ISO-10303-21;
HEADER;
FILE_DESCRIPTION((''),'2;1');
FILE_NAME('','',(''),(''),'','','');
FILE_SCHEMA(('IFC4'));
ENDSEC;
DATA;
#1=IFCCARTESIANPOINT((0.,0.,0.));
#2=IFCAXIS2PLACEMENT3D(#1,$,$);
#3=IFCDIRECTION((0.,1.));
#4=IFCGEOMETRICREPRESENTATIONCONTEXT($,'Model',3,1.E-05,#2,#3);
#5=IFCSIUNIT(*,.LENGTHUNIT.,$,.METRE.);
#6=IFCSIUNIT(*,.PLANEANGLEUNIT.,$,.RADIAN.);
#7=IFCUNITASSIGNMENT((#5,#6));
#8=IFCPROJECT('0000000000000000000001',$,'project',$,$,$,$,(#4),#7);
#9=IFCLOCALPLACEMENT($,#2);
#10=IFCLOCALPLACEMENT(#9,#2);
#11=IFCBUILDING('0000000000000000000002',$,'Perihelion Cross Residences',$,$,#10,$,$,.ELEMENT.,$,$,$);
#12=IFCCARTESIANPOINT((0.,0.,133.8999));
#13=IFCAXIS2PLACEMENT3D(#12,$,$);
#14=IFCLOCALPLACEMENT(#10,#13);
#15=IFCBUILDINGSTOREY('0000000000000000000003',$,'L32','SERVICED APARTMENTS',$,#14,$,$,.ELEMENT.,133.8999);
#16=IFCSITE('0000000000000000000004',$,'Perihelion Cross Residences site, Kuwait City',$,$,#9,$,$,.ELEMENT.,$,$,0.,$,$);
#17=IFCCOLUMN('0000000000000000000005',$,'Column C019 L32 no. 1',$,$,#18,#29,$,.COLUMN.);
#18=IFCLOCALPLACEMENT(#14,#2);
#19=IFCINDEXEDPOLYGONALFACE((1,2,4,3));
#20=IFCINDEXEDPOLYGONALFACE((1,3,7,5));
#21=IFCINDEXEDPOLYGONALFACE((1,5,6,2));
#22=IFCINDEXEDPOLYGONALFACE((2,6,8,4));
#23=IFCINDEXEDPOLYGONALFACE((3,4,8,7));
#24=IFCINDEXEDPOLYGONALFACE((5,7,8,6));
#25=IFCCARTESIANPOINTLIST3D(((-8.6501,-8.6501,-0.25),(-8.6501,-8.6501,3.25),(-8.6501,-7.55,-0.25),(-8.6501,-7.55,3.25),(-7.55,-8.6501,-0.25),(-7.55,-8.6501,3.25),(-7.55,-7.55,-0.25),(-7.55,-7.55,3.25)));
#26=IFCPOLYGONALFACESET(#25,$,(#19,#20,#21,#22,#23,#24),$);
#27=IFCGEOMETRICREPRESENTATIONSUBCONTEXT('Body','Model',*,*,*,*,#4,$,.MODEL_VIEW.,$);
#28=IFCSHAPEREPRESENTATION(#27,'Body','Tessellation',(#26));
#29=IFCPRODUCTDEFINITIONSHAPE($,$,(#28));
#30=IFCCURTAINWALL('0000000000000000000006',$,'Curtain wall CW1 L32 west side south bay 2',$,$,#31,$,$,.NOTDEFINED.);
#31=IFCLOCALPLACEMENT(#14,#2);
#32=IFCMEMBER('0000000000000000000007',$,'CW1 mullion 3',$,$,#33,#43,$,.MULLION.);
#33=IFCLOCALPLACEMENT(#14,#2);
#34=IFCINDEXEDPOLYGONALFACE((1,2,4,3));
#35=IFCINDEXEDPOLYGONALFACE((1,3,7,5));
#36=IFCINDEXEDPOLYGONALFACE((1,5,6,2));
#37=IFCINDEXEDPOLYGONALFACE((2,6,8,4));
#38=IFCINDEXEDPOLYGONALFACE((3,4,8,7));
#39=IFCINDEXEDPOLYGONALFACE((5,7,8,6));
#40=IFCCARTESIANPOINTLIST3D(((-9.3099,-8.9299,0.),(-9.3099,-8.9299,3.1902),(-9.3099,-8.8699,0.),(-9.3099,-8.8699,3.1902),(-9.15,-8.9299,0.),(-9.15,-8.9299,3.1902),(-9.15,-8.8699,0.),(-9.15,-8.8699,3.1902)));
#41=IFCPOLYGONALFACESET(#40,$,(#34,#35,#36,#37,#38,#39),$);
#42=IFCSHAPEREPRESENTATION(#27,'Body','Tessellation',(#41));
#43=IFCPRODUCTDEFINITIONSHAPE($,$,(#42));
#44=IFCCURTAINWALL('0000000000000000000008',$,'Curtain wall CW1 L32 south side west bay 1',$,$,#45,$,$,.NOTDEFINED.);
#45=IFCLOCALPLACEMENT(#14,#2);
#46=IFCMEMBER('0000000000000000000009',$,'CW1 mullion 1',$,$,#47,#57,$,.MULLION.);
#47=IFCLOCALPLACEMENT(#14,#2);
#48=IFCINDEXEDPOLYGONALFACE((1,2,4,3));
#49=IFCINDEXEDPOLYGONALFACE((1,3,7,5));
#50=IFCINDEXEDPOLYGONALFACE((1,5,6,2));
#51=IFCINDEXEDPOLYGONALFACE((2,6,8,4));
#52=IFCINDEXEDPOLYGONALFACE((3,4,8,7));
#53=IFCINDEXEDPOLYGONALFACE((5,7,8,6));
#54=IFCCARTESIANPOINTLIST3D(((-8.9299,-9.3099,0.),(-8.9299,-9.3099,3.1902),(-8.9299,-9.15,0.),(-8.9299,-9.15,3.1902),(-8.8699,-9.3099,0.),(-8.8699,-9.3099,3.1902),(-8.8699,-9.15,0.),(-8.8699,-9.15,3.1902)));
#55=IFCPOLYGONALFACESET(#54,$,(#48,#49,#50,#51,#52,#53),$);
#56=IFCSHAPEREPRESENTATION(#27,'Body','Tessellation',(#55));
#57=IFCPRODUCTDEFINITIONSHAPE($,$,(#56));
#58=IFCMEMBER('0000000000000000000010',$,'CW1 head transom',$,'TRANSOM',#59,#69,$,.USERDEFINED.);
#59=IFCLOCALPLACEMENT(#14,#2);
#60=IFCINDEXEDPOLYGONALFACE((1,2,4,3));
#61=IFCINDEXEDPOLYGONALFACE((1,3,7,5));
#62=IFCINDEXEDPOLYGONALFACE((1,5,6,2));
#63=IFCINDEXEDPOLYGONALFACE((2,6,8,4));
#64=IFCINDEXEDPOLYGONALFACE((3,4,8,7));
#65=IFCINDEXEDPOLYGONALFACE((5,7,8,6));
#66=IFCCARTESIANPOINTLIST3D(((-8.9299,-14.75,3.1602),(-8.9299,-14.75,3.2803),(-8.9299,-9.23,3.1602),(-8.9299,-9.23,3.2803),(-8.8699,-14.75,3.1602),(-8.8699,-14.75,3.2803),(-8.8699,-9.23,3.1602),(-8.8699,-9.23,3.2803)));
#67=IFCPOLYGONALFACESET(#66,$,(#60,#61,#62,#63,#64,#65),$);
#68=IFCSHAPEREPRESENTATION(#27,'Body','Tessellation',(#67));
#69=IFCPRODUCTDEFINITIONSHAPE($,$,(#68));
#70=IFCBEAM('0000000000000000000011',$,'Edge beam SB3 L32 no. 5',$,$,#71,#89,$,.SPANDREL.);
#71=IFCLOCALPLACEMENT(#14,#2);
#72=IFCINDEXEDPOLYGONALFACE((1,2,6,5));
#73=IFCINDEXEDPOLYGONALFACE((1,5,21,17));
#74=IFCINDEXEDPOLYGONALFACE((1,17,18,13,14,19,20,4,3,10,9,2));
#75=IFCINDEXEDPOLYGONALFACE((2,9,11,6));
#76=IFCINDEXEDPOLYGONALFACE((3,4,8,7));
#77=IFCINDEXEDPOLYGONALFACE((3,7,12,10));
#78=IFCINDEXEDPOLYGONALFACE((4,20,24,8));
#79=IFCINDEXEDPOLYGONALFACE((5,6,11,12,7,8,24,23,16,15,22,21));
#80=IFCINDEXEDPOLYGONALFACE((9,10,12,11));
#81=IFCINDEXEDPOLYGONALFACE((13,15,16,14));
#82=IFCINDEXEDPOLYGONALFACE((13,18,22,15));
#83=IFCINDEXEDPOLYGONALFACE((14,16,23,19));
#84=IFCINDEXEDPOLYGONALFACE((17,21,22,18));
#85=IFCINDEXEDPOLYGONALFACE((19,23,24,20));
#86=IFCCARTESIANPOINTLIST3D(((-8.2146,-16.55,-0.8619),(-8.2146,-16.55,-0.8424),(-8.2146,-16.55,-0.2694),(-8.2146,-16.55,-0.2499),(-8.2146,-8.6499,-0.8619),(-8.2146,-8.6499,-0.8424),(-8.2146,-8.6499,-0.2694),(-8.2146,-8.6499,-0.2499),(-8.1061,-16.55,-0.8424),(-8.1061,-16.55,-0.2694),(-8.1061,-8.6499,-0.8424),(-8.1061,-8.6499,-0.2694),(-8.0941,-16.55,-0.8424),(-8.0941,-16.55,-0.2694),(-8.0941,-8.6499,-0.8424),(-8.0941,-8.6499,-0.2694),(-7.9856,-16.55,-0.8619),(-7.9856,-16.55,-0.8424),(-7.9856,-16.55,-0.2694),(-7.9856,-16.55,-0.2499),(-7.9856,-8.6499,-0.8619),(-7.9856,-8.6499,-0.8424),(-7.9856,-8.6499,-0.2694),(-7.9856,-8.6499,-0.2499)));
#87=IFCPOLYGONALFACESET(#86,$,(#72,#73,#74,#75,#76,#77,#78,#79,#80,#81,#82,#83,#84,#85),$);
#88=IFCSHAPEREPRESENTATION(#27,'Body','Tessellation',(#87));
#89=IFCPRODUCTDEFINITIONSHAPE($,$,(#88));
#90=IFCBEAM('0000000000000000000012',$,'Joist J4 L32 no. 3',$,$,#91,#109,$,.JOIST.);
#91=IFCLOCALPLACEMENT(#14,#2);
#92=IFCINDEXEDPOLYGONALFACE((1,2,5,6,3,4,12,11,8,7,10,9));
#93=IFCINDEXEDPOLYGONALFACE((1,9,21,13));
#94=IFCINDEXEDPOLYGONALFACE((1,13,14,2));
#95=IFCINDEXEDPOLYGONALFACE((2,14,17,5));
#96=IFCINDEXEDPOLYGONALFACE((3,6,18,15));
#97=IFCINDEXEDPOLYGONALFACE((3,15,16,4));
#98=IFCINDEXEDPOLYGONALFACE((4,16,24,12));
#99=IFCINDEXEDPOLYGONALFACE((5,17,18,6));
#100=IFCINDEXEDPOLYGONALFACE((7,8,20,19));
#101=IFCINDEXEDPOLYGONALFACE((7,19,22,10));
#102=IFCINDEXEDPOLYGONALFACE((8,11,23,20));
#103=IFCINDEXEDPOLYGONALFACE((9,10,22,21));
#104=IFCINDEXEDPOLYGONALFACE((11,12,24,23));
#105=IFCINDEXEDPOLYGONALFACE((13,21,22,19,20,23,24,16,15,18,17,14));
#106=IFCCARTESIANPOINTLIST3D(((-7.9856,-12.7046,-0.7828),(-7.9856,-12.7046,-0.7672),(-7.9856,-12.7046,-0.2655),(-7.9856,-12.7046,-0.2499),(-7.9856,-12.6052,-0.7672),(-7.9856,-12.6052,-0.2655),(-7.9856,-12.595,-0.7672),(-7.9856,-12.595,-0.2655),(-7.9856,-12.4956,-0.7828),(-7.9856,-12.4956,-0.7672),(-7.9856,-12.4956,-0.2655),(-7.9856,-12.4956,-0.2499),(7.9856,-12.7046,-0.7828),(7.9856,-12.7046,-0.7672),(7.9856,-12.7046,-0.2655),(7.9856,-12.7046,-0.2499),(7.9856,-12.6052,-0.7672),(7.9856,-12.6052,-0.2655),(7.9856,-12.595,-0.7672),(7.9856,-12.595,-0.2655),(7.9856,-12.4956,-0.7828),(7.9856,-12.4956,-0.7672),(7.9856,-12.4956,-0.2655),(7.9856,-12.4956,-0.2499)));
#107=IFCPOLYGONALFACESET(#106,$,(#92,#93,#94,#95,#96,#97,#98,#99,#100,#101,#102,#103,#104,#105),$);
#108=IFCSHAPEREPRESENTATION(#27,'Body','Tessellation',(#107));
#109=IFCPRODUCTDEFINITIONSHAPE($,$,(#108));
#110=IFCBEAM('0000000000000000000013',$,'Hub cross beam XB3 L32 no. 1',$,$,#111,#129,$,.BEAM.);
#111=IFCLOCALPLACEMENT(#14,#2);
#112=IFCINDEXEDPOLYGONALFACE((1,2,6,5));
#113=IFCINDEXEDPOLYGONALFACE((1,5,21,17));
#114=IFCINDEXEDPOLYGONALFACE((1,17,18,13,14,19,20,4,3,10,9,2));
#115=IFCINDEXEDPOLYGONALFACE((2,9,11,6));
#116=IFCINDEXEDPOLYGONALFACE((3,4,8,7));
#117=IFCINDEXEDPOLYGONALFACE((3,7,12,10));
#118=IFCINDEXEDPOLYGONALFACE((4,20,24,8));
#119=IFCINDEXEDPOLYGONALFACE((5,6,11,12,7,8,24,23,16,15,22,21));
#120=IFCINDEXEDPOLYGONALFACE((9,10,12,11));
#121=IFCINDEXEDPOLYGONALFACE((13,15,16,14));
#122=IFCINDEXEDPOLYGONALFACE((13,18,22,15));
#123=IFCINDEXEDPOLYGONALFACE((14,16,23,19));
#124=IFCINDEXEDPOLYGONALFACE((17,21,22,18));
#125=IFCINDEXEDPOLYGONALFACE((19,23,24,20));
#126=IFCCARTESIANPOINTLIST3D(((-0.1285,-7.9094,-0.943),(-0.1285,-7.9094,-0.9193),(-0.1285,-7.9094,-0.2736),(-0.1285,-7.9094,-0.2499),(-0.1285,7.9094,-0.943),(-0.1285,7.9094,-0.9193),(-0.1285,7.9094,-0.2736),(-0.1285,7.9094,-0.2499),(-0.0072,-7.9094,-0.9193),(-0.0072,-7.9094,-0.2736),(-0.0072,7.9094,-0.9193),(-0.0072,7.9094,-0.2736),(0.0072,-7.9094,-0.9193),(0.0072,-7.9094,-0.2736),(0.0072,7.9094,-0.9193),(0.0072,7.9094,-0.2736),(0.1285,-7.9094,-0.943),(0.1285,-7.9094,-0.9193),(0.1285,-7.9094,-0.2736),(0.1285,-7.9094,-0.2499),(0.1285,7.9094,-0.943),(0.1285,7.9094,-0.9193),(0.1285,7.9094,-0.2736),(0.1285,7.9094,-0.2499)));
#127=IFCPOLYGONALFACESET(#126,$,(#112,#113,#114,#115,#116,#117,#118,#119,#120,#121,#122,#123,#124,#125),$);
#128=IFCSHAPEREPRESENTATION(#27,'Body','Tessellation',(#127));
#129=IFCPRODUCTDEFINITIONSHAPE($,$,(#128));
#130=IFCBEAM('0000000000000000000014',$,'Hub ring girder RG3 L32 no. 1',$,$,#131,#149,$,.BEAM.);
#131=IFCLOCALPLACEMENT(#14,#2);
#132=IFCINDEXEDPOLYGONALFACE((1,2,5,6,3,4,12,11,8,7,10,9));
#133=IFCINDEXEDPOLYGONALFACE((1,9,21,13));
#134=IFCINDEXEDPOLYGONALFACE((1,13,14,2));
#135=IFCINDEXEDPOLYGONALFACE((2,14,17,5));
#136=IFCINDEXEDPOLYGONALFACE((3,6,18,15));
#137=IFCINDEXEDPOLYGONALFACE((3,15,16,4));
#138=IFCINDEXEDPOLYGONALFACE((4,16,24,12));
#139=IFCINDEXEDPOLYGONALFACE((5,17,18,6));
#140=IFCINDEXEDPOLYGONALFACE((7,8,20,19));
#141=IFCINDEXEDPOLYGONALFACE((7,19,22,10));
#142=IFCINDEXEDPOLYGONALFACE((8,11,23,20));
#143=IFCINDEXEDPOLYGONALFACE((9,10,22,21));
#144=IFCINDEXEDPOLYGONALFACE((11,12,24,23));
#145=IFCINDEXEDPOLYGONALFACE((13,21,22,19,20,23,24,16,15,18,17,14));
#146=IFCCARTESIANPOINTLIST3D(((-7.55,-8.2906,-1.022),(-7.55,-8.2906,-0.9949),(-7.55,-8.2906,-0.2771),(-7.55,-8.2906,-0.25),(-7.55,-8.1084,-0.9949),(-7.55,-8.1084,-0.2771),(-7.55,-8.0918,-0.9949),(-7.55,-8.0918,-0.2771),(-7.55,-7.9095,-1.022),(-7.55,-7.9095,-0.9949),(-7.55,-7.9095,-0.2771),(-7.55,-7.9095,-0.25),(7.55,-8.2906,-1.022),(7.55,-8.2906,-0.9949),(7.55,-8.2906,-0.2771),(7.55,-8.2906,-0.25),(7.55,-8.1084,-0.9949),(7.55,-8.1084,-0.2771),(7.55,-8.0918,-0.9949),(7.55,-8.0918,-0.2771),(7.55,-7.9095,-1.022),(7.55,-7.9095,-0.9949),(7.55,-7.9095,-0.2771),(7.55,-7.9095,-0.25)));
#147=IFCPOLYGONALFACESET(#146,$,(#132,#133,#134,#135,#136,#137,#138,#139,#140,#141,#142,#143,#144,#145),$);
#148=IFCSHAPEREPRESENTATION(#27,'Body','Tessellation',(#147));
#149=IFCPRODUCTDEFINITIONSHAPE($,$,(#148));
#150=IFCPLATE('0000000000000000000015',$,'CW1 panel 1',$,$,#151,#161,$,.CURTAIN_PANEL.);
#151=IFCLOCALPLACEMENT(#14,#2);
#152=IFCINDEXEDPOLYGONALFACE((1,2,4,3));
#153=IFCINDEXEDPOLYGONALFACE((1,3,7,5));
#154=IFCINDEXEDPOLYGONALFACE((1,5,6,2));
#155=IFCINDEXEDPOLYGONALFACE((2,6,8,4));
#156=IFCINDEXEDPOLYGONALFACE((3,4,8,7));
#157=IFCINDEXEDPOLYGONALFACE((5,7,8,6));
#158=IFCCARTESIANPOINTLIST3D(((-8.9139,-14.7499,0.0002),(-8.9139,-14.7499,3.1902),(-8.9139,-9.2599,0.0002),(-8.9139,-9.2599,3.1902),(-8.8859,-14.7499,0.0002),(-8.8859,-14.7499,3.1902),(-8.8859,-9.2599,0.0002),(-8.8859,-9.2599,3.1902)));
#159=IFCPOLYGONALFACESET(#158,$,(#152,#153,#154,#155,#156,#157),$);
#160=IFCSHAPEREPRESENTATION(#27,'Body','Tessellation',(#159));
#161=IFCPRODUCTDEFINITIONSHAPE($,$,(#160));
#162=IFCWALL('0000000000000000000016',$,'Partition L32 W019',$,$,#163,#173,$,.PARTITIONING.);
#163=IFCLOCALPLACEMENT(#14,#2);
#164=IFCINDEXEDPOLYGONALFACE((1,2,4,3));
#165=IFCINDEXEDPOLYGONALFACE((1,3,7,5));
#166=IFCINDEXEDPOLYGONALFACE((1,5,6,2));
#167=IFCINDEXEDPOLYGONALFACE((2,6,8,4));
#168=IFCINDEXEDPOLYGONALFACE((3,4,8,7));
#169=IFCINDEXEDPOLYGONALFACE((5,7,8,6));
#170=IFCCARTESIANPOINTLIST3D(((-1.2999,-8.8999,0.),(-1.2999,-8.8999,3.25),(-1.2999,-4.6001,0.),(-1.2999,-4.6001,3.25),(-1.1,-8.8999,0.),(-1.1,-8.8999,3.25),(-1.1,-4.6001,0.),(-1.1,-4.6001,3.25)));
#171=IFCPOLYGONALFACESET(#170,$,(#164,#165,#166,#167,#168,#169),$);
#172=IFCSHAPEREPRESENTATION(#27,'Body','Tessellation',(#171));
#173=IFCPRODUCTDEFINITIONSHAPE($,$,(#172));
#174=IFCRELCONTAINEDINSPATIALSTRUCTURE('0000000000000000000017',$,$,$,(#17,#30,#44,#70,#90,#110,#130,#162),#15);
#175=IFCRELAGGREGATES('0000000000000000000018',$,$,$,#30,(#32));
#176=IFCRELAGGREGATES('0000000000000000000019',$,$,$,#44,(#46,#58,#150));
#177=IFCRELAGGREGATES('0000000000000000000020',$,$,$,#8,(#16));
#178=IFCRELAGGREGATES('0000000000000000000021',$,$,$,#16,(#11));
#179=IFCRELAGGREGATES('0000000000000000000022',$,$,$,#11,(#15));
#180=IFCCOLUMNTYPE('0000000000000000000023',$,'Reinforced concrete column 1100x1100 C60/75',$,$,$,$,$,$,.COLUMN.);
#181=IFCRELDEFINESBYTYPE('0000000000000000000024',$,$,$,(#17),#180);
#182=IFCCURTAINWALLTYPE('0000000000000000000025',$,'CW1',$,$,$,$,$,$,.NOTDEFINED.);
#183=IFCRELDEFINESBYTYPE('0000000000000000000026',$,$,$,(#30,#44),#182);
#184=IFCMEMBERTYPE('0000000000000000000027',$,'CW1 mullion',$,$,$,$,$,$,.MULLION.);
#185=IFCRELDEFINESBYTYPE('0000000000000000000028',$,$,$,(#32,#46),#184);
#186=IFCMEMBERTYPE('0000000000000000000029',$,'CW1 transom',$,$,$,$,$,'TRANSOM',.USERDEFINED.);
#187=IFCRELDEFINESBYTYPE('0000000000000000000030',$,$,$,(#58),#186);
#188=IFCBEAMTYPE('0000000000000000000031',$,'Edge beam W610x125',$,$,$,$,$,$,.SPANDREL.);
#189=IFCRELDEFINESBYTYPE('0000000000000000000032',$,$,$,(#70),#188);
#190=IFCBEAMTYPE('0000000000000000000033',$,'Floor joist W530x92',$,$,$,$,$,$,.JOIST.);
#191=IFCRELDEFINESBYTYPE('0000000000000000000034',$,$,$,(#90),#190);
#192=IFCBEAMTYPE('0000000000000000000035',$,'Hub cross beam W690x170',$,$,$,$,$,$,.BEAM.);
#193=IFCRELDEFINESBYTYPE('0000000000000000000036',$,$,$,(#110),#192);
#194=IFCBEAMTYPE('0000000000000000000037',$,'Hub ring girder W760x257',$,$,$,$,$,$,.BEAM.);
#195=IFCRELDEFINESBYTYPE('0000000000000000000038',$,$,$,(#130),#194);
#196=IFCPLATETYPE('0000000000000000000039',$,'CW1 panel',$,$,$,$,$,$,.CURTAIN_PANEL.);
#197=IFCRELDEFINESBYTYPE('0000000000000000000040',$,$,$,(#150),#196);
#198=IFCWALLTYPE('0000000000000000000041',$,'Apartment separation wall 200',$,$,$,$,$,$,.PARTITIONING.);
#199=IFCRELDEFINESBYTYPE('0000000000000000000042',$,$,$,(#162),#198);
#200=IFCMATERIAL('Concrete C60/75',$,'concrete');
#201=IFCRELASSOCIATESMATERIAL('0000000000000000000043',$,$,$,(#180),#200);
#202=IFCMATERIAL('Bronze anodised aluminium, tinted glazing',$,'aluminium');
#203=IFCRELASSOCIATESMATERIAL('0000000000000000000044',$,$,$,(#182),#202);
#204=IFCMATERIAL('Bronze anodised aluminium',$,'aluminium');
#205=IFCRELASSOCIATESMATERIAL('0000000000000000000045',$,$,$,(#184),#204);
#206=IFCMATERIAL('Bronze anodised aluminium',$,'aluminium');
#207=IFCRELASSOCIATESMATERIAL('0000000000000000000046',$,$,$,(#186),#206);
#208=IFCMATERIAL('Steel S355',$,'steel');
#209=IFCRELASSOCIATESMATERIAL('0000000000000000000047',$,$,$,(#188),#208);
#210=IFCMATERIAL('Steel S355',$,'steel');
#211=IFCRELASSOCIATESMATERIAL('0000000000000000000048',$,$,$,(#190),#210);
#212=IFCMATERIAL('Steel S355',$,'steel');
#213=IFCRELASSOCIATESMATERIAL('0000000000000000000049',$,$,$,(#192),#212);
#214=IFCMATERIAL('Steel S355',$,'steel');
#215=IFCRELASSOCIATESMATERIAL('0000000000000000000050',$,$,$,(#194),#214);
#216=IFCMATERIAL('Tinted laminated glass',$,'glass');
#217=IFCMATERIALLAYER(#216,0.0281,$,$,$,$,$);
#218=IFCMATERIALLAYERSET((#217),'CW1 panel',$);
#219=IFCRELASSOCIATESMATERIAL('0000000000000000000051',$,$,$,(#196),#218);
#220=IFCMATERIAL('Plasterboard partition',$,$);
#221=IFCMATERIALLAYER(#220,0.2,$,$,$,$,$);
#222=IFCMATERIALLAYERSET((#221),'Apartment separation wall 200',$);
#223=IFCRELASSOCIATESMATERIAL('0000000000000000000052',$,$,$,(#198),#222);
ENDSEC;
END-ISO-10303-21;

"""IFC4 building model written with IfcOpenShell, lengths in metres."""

from ifc_helpers import new_model, si_unit, direction, frame, frame_2d, origin, origin_2d, place, context, subcontext, project, spatial, rectangle, i_section, extrude, material, layer, layer_set, material_profile, profile_set, type_object, element, aggregate, save


model = new_model("IFC4")

# Units and contexts
model_context = context("Model", 3, precision=1e-05, world=origin(), true_north=direction((0.0, 1.0)))
body_context = subcontext(model_context, "Body", "Model", "MODEL_VIEW")
ifc_project = project(units=[si_unit("LENGTHUNIT", "METRE"), si_unit("PLANEANGLEUNIT", "RADIAN")], contexts=[model_context])

# Site, building, storey
site_placement = place(None, origin())
site = spatial("IfcSite", under=ifc_project, at=site_placement, Name="Perihelion Cross Residences site, Kuwait City", CompositionType="ELEMENT", RefElevation=0.0)
building_placement = place(site_placement, origin())
building = spatial("IfcBuilding", under=site, at=building_placement, Name="Perihelion Cross Residences", CompositionType="ELEMENT")
storey_placement = place(building_placement, frame((0.0, 0.0, 133.8999)))
storey = spatial("IfcBuildingStorey", under=building, at=storey_placement, Name="L32", Description="SERVICED APARTMENTS", CompositionType="ELEMENT", Elevation=133.8999)

# Column
ifc_material_1 = material(Name="Concrete C60/75", Category="concrete")
ifc_material_profile_1 = material_profile(ifc_material_1, rectangle(XDim=1.1001, YDim=1.1001, at=origin_2d()), Name="RC 1100x1100")
ifc_profile_set_1 = profile_set([ifc_material_profile_1], Name="Concrete C60/75")
column_type = type_object("IfcColumnType", Name="Reinforced concrete column 1100x1100 C60/75", PredefinedType="COLUMN", material=ifc_profile_set_1)
column_placement = place(storey_placement, frame((-8.1001, -8.1001, -0.25), z_axis=(0.0, 0.0, 1.0), x_axis=(1.0, 0.0, 0.0)))
element("IfcColumn", 1, at=column_placement, inside=storey, type_object=column_type, Name="Column C019 L32 no. 1", PredefinedType="COLUMN", context=body_context, shape_type="SweptSolid", body=[
    extrude(rectangle(XDim=1.1001, YDim=1.1001, at=origin_2d()), origin(), (0.0, 0.0, 1.0), 3.5),
])

# Curtain wall, member
ifc_material_2 = material(Name="Bronze anodised aluminium, tinted glazing", Category="aluminium")
curtain_wall_type = type_object("IfcCurtainWallType", Name="CW1", PredefinedType="NOTDEFINED", material=ifc_material_2)
curtain_wall_1_placement = place(storey_placement, origin())
curtain_wall_1 = element("IfcCurtainWall", 2, at=curtain_wall_1_placement, inside=storey, type_object=curtain_wall_type, Name="Curtain wall CW1 L32 west side south bay 2", PredefinedType="NOTDEFINED")
ifc_material_3 = material(Name="Bronze anodised aluminium", Category="aluminium")
ifc_material_profile_2 = material_profile(ifc_material_3, rectangle(XDim=0.0601, YDim=0.1599, at=origin_2d()), Name="CW1 mullion")
ifc_profile_set_2 = profile_set([ifc_material_profile_2], Name="Bronze anodised aluminium")
member_type_1 = type_object("IfcMemberType", Name="CW1 mullion", PredefinedType="MULLION", material=ifc_profile_set_2)
member_1_placement = place(storey_placement, frame((-9.23, -8.8999, 0.0), z_axis=(0.0, 0.0, 1.0), x_axis=(0.0, 1.0, 0.0)))
member_1 = element("IfcMember", 3, at=member_1_placement, type_object=member_type_1, Name="CW1 mullion 3", PredefinedType="MULLION", context=body_context, shape_type="SweptSolid", body=[
    extrude(rectangle(XDim=0.0601, YDim=0.1599, at=origin_2d()), origin(), (0.0, 0.0, 1.0), 3.1902),
])
aggregate(curtain_wall_1, [member_1])

# Curtain wall, members
curtain_wall_2_placement = place(storey_placement, origin())
curtain_wall_2 = element("IfcCurtainWall", 4, at=curtain_wall_2_placement, inside=storey, type_object=curtain_wall_type, Name="Curtain wall CW1 L32 south side west bay 1", PredefinedType="NOTDEFINED")
member_2_placement = place(storey_placement, frame((-8.8999, -9.23, 0.0), z_axis=(0.0, 0.0, 1.0), x_axis=(1.0, 0.0, 0.0)))
member_2 = element("IfcMember", 5, at=member_2_placement, type_object=member_type_1, Name="CW1 mullion 1", PredefinedType="MULLION", context=body_context, shape_type="SweptSolid", body=[
    extrude(rectangle(XDim=0.0601, YDim=0.1599, at=origin_2d()), origin(), (0.0, 0.0, 1.0), 3.1902),
])
ifc_material_4 = material(Name="Bronze anodised aluminium", Category="aluminium")
ifc_material_profile_3 = material_profile(ifc_material_4, rectangle(XDim=0.0601, YDim=0.1201, at=origin_2d()), Name="CW1 transom")
ifc_profile_set_3 = profile_set([ifc_material_profile_3], Name="Bronze anodised aluminium")
member_type_2 = type_object("IfcMemberType", Name="CW1 transom", ElementType="TRANSOM", PredefinedType="USERDEFINED", material=ifc_profile_set_3)
member_3_placement = place(storey_placement, frame((-8.8999, -9.23, 3.2202), z_axis=(0.0, -1.0, 0.0), x_axis=(1.0, 0.0, 0.0)))
member_3 = element("IfcMember", 6, at=member_3_placement, type_object=member_type_2, Name="CW1 head transom", ObjectType="TRANSOM", PredefinedType="USERDEFINED", context=body_context, shape_type="SweptSolid", body=[
    extrude(rectangle(XDim=0.0601, YDim=0.1201, at=origin_2d()), origin(), (0.0, 0.0, 1.0), 5.52),
])

# Beams
ifc_material_5 = material(Name="Steel S355", Category="steel")
ifc_material_profile_4 = material_profile(ifc_material_5, i_section(OverallWidth=0.229, OverallDepth=0.6121, WebThickness=0.012, FlangeThickness=0.0195, at=origin_2d()), Name="W610x125")
ifc_profile_set_4 = profile_set([ifc_material_profile_4], Name="Steel S355")
beam_type_1 = type_object("IfcBeamType", Name="Edge beam W610x125", PredefinedType="SPANDREL", material=ifc_profile_set_4)
beam_1_placement = place(storey_placement, frame((-8.1001, -8.6499, -0.5559), z_axis=(0.0, -1.0, 0.0), x_axis=(1.0, 0.0, 0.0)))
element("IfcBeam", 7, at=beam_1_placement, inside=storey, type_object=beam_type_1, Name="Edge beam SB3 L32 no. 5", PredefinedType="SPANDREL", context=body_context, shape_type="SweptSolid", body=[
    extrude(i_section(OverallWidth=0.229, OverallDepth=0.6121, WebThickness=0.012, FlangeThickness=0.0195, at=origin_2d()), origin(), (0.0, 0.0, 1.0), 7.9001),
])
ifc_material_6 = material(Name="Steel S355", Category="steel")
ifc_material_profile_5 = material_profile(ifc_material_6, i_section(OverallWidth=0.209, OverallDepth=0.533, WebThickness=0.0103, FlangeThickness=0.0156, at=origin_2d()), Name="W530x92")
ifc_profile_set_5 = profile_set([ifc_material_profile_5], Name="Steel S355")
beam_type_2 = type_object("IfcBeamType", Name="Floor joist W530x92", PredefinedType="JOIST", material=ifc_profile_set_5)
beam_2_placement = place(storey_placement, frame((-7.9856, -12.6001, -0.5164), z_axis=(1.0, 0.0, 0.0), x_axis=(0.0, 1.0, 0.0)))
element("IfcBeam", 8, at=beam_2_placement, inside=storey, type_object=beam_type_2, Name="Joist J4 L32 no. 3", PredefinedType="JOIST", context=body_context, shape_type="SweptSolid", body=[
    extrude(i_section(OverallWidth=0.209, OverallDepth=0.533, WebThickness=0.0103, FlangeThickness=0.0156, at=origin_2d()), origin(), (0.0, 0.0, 1.0), 15.9712),
])
ifc_material_7 = material(Name="Steel S355", Category="steel")
ifc_material_profile_6 = material_profile(ifc_material_7, i_section(OverallWidth=0.2571, OverallDepth=0.6931, WebThickness=0.0144, FlangeThickness=0.0237, at=origin_2d()), Name="W690x170")
ifc_profile_set_6 = profile_set([ifc_material_profile_6], Name="Steel S355")
beam_type_3 = type_object("IfcBeamType", Name="Hub cross beam W690x170", PredefinedType="BEAM", material=ifc_profile_set_6)
beam_3_placement = place(storey_placement, frame((0.0, -7.9094, -0.5964), z_axis=(0.0, 1.0, 0.0), x_axis=(-1.0, 0.0, 0.0)))
element("IfcBeam", 9, at=beam_3_placement, inside=storey, type_object=beam_type_3, Name="Hub cross beam XB3 L32 no. 1", PredefinedType="BEAM", context=body_context, shape_type="SweptSolid", body=[
    extrude(i_section(OverallWidth=0.2571, OverallDepth=0.6931, WebThickness=0.0144, FlangeThickness=0.0237, at=origin_2d()), origin(), (0.0, 0.0, 1.0), 15.8188),
])
ifc_material_8 = material(Name="Steel S355", Category="steel")
ifc_material_profile_7 = material_profile(ifc_material_8, i_section(OverallWidth=0.3811, OverallDepth=0.772, WebThickness=0.0166, FlangeThickness=0.0271, at=origin_2d()), Name="W760x257")
ifc_profile_set_7 = profile_set([ifc_material_profile_7], Name="Steel S355")
beam_type_4 = type_object("IfcBeamType", Name="Hub ring girder W760x257", PredefinedType="BEAM", material=ifc_profile_set_7)
beam_4_placement = place(storey_placement, frame((-7.55, -8.1001, -0.636), z_axis=(1.0, 0.0, 0.0), x_axis=(0.0, 1.0, 0.0)))
element("IfcBeam", 10, at=beam_4_placement, inside=storey, type_object=beam_type_4, Name="Hub ring girder RG3 L32 no. 1", PredefinedType="BEAM", context=body_context, shape_type="SweptSolid", body=[
    extrude(i_section(OverallWidth=0.3811, OverallDepth=0.772, WebThickness=0.0166, FlangeThickness=0.0271, at=origin_2d()), origin(), (0.0, 0.0, 1.0), 15.1001),
])

# Plate
ifc_material_9 = material(Name="Tinted laminated glass", Category="glass")
ifc_layer_1 = layer(ifc_material_9, 0.0281)
ifc_layer_set_1 = layer_set([ifc_layer_1], Name="CW1 panel")
plate_type = type_object("IfcPlateType", Name="CW1 panel", PredefinedType="CURTAIN_PANEL", material=ifc_layer_set_1)
plate_placement = place(storey_placement, frame((-8.8999, -12.0049, 0.0002), z_axis=(0.0, 0.0, 1.0), x_axis=(0.0, -1.0, 0.0)))
plate = element("IfcPlate", 11, at=plate_placement, type_object=plate_type, Name="CW1 panel 1", PredefinedType="CURTAIN_PANEL", context=body_context, shape_type="SweptSolid", body=[
    extrude(rectangle(XDim=5.49, YDim=0.0281, at=origin_2d()), origin(), (0.0, 0.0, 1.0), 3.1899),
])
aggregate(curtain_wall_2, [member_2, member_3, plate])

# Wall
ifc_material_10 = material(Name="Plasterboard partition")
ifc_layer_2 = layer(ifc_material_10, 0.2)
ifc_layer_set_2 = layer_set([ifc_layer_2], Name="Apartment separation wall 200")
wall_type_1 = type_object("IfcWallType", Name="Apartment separation wall 200", PredefinedType="PARTITIONING", material=ifc_layer_set_2)
wall_1_placement = place(storey_placement, frame((-1.2, -8.8999, 0.0), z_axis=(0.0, 0.0, 1.0), x_axis=(0.0, 1.0, 0.0)))
element("IfcWall", 12, at=wall_1_placement, inside=storey, type_object=wall_type_1, Name="Partition L32 W019", PredefinedType="PARTITIONING", context=body_context, shape_type="SweptSolid", body=[
    extrude(rectangle(XDim=4.2998, YDim=0.2, at=frame_2d((2.1499, 0.0))), origin(), (0.0, 0.0, 1.0), 3.25),
])

save(model, "model.ifc")
